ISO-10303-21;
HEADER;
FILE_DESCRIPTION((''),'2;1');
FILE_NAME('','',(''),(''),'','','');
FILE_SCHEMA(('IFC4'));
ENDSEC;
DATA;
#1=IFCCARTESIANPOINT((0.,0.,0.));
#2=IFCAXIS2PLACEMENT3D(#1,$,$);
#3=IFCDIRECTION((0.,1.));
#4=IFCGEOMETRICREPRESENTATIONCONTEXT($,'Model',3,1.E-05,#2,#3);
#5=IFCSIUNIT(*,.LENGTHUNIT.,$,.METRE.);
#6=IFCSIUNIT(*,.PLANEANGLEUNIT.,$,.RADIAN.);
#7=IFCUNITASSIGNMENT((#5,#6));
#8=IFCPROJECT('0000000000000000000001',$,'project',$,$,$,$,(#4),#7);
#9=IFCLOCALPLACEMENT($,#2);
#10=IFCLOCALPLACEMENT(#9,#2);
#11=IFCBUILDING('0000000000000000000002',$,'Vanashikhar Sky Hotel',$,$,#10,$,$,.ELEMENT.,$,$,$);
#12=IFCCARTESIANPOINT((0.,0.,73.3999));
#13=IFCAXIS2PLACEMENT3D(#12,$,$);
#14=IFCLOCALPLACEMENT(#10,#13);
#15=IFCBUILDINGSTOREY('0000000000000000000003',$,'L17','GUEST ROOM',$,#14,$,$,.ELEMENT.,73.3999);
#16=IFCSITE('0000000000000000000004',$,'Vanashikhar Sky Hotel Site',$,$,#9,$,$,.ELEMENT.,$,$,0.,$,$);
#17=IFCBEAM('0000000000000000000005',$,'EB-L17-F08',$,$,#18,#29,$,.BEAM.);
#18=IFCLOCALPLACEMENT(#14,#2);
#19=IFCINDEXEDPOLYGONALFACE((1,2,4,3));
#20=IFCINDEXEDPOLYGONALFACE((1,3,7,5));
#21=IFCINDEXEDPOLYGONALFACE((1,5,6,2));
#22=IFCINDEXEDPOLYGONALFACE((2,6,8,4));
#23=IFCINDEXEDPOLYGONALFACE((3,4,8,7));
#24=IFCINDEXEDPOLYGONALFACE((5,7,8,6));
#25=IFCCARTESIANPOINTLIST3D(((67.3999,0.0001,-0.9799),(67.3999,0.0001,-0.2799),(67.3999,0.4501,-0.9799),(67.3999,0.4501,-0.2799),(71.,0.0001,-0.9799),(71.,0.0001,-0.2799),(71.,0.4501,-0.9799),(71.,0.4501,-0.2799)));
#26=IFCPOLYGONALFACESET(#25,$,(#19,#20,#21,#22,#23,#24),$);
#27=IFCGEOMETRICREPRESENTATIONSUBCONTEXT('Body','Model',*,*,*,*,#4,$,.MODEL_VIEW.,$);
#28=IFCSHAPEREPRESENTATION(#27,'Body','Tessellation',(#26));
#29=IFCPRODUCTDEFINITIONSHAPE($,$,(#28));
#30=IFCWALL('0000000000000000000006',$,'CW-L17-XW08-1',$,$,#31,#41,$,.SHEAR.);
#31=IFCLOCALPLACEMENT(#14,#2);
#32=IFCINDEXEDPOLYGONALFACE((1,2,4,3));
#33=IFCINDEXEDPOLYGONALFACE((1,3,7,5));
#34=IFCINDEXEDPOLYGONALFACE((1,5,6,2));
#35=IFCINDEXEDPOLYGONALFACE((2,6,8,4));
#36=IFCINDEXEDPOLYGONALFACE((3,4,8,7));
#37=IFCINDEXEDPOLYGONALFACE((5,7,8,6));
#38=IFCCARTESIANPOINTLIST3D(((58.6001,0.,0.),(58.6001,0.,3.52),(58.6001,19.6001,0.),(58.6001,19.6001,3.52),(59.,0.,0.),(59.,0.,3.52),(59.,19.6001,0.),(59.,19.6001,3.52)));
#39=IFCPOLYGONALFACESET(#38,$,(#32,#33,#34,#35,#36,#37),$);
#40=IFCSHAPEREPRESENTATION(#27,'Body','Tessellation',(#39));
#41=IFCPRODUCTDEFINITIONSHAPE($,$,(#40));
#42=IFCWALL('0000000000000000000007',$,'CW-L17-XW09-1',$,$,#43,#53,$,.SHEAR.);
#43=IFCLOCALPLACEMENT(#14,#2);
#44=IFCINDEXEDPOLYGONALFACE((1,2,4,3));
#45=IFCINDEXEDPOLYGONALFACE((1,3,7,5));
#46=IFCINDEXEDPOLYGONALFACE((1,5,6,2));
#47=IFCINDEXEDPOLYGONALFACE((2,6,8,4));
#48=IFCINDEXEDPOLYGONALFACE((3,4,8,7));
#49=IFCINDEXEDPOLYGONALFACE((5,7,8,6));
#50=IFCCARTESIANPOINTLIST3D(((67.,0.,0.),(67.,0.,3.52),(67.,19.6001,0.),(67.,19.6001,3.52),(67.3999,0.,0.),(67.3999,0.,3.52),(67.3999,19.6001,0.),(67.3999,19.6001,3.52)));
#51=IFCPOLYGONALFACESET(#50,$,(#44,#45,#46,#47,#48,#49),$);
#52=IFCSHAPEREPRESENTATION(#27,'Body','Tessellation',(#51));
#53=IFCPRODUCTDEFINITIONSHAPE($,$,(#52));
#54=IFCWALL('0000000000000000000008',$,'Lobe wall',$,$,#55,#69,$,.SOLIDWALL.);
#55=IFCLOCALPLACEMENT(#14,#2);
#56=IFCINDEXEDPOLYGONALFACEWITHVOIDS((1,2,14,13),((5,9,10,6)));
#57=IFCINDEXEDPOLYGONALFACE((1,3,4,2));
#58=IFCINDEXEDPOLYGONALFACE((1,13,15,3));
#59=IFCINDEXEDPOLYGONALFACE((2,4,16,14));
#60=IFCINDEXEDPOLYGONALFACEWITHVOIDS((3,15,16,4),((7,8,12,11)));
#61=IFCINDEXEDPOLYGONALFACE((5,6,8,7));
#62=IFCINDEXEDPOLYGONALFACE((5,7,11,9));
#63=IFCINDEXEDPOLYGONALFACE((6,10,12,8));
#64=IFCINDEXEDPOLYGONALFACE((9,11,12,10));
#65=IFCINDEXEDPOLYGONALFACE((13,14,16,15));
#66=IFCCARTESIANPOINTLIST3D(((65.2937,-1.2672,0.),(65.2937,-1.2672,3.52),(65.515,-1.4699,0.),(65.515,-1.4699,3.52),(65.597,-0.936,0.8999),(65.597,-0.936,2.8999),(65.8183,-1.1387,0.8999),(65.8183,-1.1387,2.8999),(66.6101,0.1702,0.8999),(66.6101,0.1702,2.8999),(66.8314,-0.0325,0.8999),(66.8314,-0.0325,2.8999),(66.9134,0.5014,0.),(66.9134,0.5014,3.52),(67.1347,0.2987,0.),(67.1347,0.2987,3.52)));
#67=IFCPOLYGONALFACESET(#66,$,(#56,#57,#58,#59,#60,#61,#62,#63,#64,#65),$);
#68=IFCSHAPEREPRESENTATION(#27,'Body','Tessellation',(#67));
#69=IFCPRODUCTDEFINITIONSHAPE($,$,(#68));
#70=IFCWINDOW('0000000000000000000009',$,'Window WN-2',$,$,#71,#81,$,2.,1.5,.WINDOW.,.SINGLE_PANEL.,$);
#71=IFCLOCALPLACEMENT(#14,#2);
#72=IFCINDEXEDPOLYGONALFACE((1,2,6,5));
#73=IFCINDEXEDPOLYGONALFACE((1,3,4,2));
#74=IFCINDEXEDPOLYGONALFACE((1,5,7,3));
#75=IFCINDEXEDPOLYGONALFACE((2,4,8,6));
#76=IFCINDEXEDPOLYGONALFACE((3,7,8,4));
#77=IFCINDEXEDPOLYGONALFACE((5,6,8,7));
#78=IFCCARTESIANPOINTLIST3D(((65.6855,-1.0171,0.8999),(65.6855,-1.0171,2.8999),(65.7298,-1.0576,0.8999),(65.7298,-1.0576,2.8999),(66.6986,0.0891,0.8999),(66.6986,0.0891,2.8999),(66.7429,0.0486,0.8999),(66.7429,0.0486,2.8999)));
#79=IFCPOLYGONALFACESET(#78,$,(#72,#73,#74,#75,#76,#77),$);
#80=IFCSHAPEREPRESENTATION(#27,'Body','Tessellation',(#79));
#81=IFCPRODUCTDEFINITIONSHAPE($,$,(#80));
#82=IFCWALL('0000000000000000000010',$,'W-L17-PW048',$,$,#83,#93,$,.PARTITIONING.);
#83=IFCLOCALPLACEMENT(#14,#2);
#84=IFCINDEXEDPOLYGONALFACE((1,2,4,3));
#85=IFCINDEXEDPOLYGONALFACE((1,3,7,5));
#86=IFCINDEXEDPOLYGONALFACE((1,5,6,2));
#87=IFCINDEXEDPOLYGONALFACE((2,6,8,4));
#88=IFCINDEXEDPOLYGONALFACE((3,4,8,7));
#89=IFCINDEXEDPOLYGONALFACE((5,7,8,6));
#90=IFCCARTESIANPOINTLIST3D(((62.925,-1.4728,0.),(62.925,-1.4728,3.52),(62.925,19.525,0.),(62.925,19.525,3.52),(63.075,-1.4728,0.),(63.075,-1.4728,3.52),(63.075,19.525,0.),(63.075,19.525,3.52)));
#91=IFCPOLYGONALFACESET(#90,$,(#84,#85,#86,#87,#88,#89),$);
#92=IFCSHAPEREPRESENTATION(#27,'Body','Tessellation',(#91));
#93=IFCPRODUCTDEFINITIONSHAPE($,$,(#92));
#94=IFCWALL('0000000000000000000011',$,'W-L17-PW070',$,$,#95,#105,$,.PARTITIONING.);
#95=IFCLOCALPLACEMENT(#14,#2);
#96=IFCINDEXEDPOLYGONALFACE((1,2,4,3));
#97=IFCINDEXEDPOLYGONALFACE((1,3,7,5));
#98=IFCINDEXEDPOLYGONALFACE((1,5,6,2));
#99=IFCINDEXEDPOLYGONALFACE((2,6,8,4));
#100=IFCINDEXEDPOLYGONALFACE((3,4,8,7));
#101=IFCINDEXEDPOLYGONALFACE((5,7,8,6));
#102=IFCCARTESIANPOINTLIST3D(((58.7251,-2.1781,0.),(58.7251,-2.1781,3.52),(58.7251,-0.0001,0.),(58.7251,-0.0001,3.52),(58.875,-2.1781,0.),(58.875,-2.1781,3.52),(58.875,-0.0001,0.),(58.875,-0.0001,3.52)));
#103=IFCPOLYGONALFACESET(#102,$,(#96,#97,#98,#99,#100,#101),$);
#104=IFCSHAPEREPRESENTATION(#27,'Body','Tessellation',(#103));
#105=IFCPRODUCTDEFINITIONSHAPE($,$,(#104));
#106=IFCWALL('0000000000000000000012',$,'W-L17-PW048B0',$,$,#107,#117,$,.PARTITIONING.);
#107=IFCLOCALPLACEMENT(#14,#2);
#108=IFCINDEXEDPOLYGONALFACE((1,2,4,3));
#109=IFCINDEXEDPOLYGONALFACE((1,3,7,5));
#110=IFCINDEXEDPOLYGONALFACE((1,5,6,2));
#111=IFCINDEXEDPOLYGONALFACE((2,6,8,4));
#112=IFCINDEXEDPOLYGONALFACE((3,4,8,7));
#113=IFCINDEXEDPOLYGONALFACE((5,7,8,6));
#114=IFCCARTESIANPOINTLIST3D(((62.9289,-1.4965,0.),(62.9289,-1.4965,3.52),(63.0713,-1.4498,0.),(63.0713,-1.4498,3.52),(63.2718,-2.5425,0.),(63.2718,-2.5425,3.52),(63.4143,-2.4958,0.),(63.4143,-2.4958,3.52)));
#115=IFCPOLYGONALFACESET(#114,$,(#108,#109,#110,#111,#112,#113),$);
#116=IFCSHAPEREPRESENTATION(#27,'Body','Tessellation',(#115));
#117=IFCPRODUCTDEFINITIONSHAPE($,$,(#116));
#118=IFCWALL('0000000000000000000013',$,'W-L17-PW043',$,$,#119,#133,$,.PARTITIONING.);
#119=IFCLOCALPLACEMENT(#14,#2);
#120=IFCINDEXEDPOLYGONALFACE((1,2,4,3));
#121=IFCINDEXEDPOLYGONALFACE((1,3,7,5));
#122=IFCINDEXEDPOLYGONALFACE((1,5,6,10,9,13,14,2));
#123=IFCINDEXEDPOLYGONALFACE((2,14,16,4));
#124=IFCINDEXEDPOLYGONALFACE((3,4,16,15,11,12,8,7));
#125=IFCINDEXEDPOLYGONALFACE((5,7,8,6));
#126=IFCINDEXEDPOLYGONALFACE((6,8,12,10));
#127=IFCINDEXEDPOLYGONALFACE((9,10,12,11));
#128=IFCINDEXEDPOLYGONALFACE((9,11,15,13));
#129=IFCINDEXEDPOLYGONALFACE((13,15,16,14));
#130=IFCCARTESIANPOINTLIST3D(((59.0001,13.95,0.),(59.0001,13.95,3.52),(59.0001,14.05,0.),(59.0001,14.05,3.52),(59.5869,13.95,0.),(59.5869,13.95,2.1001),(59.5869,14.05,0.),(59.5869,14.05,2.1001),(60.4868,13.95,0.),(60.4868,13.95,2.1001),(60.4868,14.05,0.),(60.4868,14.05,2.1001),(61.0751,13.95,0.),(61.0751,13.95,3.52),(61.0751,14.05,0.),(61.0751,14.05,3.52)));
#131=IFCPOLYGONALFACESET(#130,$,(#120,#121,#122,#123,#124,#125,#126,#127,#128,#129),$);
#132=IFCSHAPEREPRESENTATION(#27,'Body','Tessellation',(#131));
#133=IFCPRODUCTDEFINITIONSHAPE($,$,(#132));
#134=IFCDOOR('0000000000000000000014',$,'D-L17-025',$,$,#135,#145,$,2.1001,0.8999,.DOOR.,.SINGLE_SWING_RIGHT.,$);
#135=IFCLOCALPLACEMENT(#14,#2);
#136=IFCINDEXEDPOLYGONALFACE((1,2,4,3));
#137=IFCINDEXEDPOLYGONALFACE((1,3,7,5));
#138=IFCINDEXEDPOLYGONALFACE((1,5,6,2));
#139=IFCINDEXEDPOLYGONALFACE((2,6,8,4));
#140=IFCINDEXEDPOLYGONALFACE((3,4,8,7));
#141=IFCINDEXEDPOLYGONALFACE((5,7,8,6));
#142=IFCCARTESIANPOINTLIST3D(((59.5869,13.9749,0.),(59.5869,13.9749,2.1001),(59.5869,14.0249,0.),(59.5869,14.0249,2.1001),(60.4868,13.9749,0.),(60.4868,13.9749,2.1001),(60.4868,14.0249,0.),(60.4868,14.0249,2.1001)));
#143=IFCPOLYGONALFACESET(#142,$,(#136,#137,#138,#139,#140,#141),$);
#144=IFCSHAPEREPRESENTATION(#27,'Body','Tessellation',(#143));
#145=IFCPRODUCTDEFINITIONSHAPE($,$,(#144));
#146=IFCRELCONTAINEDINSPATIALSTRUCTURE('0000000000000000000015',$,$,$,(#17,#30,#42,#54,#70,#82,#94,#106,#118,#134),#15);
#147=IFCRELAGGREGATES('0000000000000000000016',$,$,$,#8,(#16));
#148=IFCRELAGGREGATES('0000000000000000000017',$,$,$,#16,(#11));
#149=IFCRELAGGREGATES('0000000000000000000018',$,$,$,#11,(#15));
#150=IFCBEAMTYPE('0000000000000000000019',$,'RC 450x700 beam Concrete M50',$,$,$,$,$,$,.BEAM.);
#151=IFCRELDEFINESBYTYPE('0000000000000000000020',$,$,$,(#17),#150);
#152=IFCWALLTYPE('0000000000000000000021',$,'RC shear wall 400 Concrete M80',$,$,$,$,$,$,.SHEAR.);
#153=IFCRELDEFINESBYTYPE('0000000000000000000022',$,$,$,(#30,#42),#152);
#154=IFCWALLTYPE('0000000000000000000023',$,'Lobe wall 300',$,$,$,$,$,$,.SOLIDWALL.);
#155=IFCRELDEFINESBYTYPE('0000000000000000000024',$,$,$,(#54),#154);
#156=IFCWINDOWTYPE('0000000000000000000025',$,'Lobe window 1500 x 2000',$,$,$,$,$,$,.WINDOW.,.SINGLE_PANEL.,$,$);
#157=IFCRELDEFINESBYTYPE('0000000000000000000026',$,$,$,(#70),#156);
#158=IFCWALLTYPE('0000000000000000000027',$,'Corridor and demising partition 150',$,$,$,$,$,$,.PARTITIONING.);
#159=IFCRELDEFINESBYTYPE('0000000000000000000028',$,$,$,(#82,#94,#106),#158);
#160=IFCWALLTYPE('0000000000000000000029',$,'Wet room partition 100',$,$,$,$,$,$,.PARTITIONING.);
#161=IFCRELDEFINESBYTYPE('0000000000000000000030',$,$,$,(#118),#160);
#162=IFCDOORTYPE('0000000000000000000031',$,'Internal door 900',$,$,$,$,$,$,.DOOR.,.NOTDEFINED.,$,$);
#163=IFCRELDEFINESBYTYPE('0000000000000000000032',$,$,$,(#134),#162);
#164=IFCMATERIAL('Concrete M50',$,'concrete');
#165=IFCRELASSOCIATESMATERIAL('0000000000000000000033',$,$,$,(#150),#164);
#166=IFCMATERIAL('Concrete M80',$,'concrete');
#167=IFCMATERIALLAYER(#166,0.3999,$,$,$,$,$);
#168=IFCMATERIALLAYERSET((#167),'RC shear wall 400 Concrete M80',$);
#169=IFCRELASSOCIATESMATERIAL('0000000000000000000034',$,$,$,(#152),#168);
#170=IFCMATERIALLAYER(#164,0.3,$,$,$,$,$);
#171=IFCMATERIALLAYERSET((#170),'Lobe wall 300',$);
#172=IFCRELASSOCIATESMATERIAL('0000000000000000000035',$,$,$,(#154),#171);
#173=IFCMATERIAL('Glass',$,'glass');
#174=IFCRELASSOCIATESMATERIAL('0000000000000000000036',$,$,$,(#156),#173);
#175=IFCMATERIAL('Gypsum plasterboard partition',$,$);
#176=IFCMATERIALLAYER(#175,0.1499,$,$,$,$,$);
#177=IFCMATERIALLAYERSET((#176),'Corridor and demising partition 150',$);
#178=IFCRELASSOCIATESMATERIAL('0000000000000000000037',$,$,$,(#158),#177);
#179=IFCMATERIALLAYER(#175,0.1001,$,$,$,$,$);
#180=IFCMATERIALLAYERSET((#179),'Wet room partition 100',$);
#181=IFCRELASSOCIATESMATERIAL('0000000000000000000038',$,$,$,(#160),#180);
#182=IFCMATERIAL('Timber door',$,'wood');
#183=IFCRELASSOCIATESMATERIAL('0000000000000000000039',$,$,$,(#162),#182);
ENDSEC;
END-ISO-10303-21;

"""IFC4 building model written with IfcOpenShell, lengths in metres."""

from ifc_helpers import new_model, si_unit, direction, frame, frame_2d, origin, origin_2d, place, context, subcontext, project, spatial, rectangle, extrude, source, transform, mapped, material, layer, layer_set, material_profile, profile_set, type_object, element, fill, save


model = new_model("IFC4")

# Units and contexts
model_context = context("Model", 3, precision=1e-05, world=origin(), true_north=direction((0.0, 1.0)))
body_context = subcontext(model_context, "Body", "Model", "MODEL_VIEW")
ifc_project = project(units=[si_unit("LENGTHUNIT", "METRE"), si_unit("PLANEANGLEUNIT", "RADIAN")], contexts=[model_context])

# Site, building, storey
site_placement = place(None, origin())
site = spatial("IfcSite", under=ifc_project, at=site_placement, Name="Vanashikhar Sky Hotel Site", CompositionType="ELEMENT", RefElevation=0.0)
building_placement = place(site_placement, origin())
building = spatial("IfcBuilding", under=site, at=building_placement, Name="Vanashikhar Sky Hotel", CompositionType="ELEMENT")
storey_placement = place(building_placement, frame((0.0, 0.0, 73.3999)))
storey = spatial("IfcBuildingStorey", under=building, at=storey_placement, Name="L17", Description="GUEST ROOM", CompositionType="ELEMENT", Elevation=73.3999)

# Beam
ifc_material_1 = material(Name="Concrete M50", Category="concrete")
ifc_material_profile_1 = material_profile(ifc_material_1, rectangle(XDim=0.45, YDim=0.7, at=origin_2d()))
ifc_profile_set_1 = profile_set([ifc_material_profile_1], Name="RC 450x700 beam Concrete M50")
beam_type = type_object("IfcBeamType", Name="RC 450x700 beam Concrete M50", PredefinedType="BEAM", material=ifc_profile_set_1)
shared_shape_1 = source(origin(), body_context, "Body", "SweptSolid", [
    extrude(rectangle(XDim=0.45, YDim=0.7, at=origin_2d()), origin(), (0.0, 0.0, 1.0), 3.6001),
])
beam_placement = place(storey_placement, frame((67.3999, 0.2251, -0.6299), z_axis=(1.0, 0.0, 0.0), x_axis=(0.0, 1.0, 0.0)))
element("IfcBeam", 1, at=beam_placement, inside=storey, type_object=beam_type, Name="EB-L17-F08", PredefinedType="BEAM", context=body_context, shape_type="MappedRepresentation", body=[
    mapped(shared_shape_1, transform((0.0, 0.0, 0.0), scale=1.0)),
])

# Walls
ifc_material_2 = material(Name="Concrete M80", Category="concrete")
ifc_layer_1 = layer(ifc_material_2, 0.3999)
ifc_layer_set_1 = layer_set([ifc_layer_1], Name="RC shear wall 400 Concrete M80")
wall_type_1 = type_object("IfcWallType", Name="RC shear wall 400 Concrete M80", PredefinedType="SHEAR", material=ifc_layer_set_1)
shared_shape_2 = source(origin(), body_context, "Body", "SweptSolid", [
    extrude(rectangle(XDim=19.6001, YDim=0.3999, at=frame_2d((9.8, 0.0))), origin(), (0.0, 0.0, 1.0), 3.52),
])
for number, where, z_axis, x_axis, name in (
    (2, (58.8, 0.0, 0.0), (0.0, 0.0, 1.0), (0.0, 1.0, 0.0), "CW-L17-XW08-1"),
    (3, (67.2, 0.0, 0.0), (0.0, 0.0, 1.0), (0.0, 1.0, 0.0), "CW-L17-XW09-1"),
):
    element("IfcWall", number, at=place(storey_placement, frame(where, z_axis=z_axis, x_axis=x_axis)), inside=storey, type_object=wall_type_1, Name=name, PredefinedType="SHEAR", context=body_context, shape_type="MappedRepresentation", body=[
        mapped(shared_shape_2, transform((0.0, 0.0, 0.0), scale=1.0)),
    ])

# Wall, opening, window
ifc_layer_2 = layer(ifc_material_1, 0.3)
ifc_layer_set_2 = layer_set([ifc_layer_2], Name="Lobe wall 300")
wall_type_2 = type_object("IfcWallType", Name="Lobe wall 300", PredefinedType="SOLIDWALL", material=ifc_layer_set_2)
shared_shape_3 = source(origin(), body_context, "Body", "SweptSolid", [
    extrude(rectangle(XDim=2.3982, YDim=0.3, at=frame_2d((1.1992, 0.0))), origin(), (0.0, 0.0, 1.0), 3.52),
])
wall_1_placement = place(storey_placement, frame((65.4043, -1.3687, 0.0), z_axis=(0.0, 0.0, 1.0), x_axis=(0.675374, 0.737475, 0.0)))
wall_1 = element("IfcWall", 4, at=wall_1_placement, inside=storey, type_object=wall_type_2, Name="Lobe wall", PredefinedType="SOLIDWALL", context=body_context, shape_type="MappedRepresentation", body=[
    mapped(shared_shape_3, transform((0.0, 0.0, 0.0), scale=1.0)),
])
shared_shape_4 = source(origin(), body_context, "Body", "SweptSolid", [
    extrude(rectangle(XDim=1.5, YDim=2.0, at=frame_2d((0.75, 1.0))), frame((0.0, 0.1602, 0.0), z_axis=(0.0, -1.0, 0.0), x_axis=(1.0, 0.0, 0.0)), (0.0, 0.0, 1.0), 0.3201),
])
opening_1_placement = place(wall_1_placement, frame((0.4492, 0.0, 0.8999)))
opening_1 = element("IfcOpeningElement", 5, at=opening_1_placement, cuts=wall_1, PredefinedType="OPENING", context=body_context, shape_type="MappedRepresentation", body=[
    mapped(shared_shape_4, transform((0.0, 0.0, 0.0), scale=1.0)),
])
ifc_material_3 = material(Name="Glass", Category="glass")
window_type_1 = type_object("IfcWindowType", Name="Lobe window 1500 x 2000", PartitioningType="SINGLE_PANEL", PredefinedType="WINDOW", material=ifc_material_3)
shared_shape_5 = source(origin(), body_context, "Body", "SweptSolid", [
    extrude(rectangle(XDim=1.5, YDim=2.0, at=frame_2d((0.75, 1.0))), frame((0.0, 0.03, 0.0), z_axis=(0.0, -1.0, 0.0), x_axis=(1.0, 0.0, 0.0)), (0.0, 0.0, 1.0), 0.0601),
])
window_1_placement = place(opening_1_placement, origin())
window_1 = element("IfcWindow", 6, at=window_1_placement, inside=storey, type_object=window_type_1, Name="Window WN-2", OverallHeight=2.0, OverallWidth=1.5, PartitioningType="SINGLE_PANEL", PredefinedType="WINDOW", context=body_context, shape_type="MappedRepresentation", body=[
    mapped(shared_shape_5, transform((0.0, 0.0, 0.0), scale=1.0)),
])
fill(opening_1, window_1)

# Walls
ifc_material_4 = material(Name="Gypsum plasterboard partition")
ifc_layer_3 = layer(ifc_material_4, 0.1499)
ifc_layer_set_3 = layer_set([ifc_layer_3], Name="Corridor and demising partition 150")
wall_type_3 = type_object("IfcWallType", Name="Corridor and demising partition 150", PredefinedType="PARTITIONING", material=ifc_layer_set_3)
shared_shape_6 = source(origin(), body_context, "Body", "SweptSolid", [
    extrude(rectangle(XDim=20.9978, YDim=0.1499, at=frame_2d((10.499, 0.0))), origin(), (0.0, 0.0, 1.0), 3.52),
])
wall_2_placement = place(storey_placement, frame((63.0, -1.4729, 0.0), z_axis=(0.0, 0.0, 1.0), x_axis=(0.0, 1.0, 0.0)))
element("IfcWall", 7, at=wall_2_placement, inside=storey, type_object=wall_type_3, Name="W-L17-PW048", PredefinedType="PARTITIONING", context=body_context, shape_type="MappedRepresentation", body=[
    mapped(shared_shape_6, transform((0.0, 0.0, 0.0), scale=1.0)),
])
shared_shape_7 = source(origin(), body_context, "Body", "SweptSolid", [
    extrude(rectangle(XDim=2.178, YDim=0.1499, at=frame_2d((1.0889, 0.0))), origin(), (0.0, 0.0, 1.0), 3.52),
])
wall_3_placement = place(storey_placement, frame((58.8, -2.178, 0.0), z_axis=(0.0, 0.0, 1.0), x_axis=(0.0, 1.0, 0.0)))
element("IfcWall", 8, at=wall_3_placement, inside=storey, type_object=wall_type_3, Name="W-L17-PW070", PredefinedType="PARTITIONING", context=body_context, shape_type="MappedRepresentation", body=[
    mapped(shared_shape_7, transform((0.0, 0.0, 0.0), scale=1.0)),
])
shared_shape_8 = source(origin(), body_context, "Body", "SweptSolid", [
    extrude(rectangle(XDim=1.1008, YDim=0.1499, at=frame_2d((0.5503, 0.0))), origin(), (0.0, 0.0, 1.0), 3.52),
])
wall_4_placement = place(storey_placement, frame((63.343, -2.519, 0.0), z_axis=(0.0, 0.0, 1.0), x_axis=(-0.311567, 0.950224, 0.0)))
element("IfcWall", 9, at=wall_4_placement, inside=storey, type_object=wall_type_3, Name="W-L17-PW048B0", PredefinedType="PARTITIONING", context=body_context, shape_type="MappedRepresentation", body=[
    mapped(shared_shape_8, transform((0.0, 0.0, 0.0), scale=1.0)),
])

# Wall, opening, door
ifc_layer_4 = layer(ifc_material_4, 0.1001)
ifc_layer_set_4 = layer_set([ifc_layer_4], Name="Wet room partition 100")
wall_type_4 = type_object("IfcWallType", Name="Wet room partition 100", PredefinedType="PARTITIONING", material=ifc_layer_set_4)
shared_shape_9 = source(origin(), body_context, "Body", "SweptSolid", [
    extrude(rectangle(XDim=2.075, YDim=0.1001, at=frame_2d((1.0376, 0.0))), origin(), (0.0, 0.0, 1.0), 3.52),
])
wall_5_placement = place(storey_placement, frame((59.0, 14.0, 0.0), z_axis=(0.0, 0.0, 1.0), x_axis=(1.0, 0.0, 0.0)))
wall_5 = element("IfcWall", 10, at=wall_5_placement, inside=storey, type_object=wall_type_4, Name="W-L17-PW043", PredefinedType="PARTITIONING", context=body_context, shape_type="MappedRepresentation", body=[
    mapped(shared_shape_9, transform((0.0, 0.0, 0.0), scale=1.0)),
])
shared_shape_10 = source(origin(), body_context, "Body", "SweptSolid", [
    extrude(rectangle(XDim=0.8999, YDim=2.1001, at=frame_2d((0.45, 1.05))), frame((0.0, 0.0601, 0.0), z_axis=(0.0, -1.0, 0.0), x_axis=(1.0, 0.0, 0.0)), (0.0, 0.0, 1.0), 0.1201),
])
opening_2_placement = place(wall_5_placement, frame((0.5869, 0.0, 0.0)))
opening_2 = element("IfcOpeningElement", 11, at=opening_2_placement, cuts=wall_5, PredefinedType="OPENING", context=body_context, shape_type="MappedRepresentation", body=[
    mapped(shared_shape_10, transform((0.0, 0.0, 0.0), scale=1.0)),
])
ifc_material_5 = material(Name="Timber door", Category="wood")
door_type_1 = type_object("IfcDoorType", Name="Internal door 900", OperationType="NOTDEFINED", PredefinedType="DOOR", material=ifc_material_5)
shared_shape_11 = source(origin(), body_context, "Body", "SweptSolid", [
    extrude(rectangle(XDim=0.8999, YDim=2.1001, at=frame_2d((0.45, 1.05))), frame((0.0, 0.0249, 0.0), z_axis=(0.0, -1.0, 0.0), x_axis=(1.0, 0.0, 0.0)), (0.0, 0.0, 1.0), 0.05),
])
door_1_placement = place(opening_2_placement, origin())
door_1 = element("IfcDoor", 12, at=door_1_placement, inside=storey, type_object=door_type_1, Name="D-L17-025", OperationType="SINGLE_SWING_RIGHT", OverallHeight=2.1001, OverallWidth=0.8999, PredefinedType="DOOR", context=body_context, shape_type="MappedRepresentation", body=[
    mapped(shared_shape_11, transform((0.0, 0.0, 0.0), scale=1.0)),
])
fill(opening_2, door_1)

save(model, "model.ifc")
